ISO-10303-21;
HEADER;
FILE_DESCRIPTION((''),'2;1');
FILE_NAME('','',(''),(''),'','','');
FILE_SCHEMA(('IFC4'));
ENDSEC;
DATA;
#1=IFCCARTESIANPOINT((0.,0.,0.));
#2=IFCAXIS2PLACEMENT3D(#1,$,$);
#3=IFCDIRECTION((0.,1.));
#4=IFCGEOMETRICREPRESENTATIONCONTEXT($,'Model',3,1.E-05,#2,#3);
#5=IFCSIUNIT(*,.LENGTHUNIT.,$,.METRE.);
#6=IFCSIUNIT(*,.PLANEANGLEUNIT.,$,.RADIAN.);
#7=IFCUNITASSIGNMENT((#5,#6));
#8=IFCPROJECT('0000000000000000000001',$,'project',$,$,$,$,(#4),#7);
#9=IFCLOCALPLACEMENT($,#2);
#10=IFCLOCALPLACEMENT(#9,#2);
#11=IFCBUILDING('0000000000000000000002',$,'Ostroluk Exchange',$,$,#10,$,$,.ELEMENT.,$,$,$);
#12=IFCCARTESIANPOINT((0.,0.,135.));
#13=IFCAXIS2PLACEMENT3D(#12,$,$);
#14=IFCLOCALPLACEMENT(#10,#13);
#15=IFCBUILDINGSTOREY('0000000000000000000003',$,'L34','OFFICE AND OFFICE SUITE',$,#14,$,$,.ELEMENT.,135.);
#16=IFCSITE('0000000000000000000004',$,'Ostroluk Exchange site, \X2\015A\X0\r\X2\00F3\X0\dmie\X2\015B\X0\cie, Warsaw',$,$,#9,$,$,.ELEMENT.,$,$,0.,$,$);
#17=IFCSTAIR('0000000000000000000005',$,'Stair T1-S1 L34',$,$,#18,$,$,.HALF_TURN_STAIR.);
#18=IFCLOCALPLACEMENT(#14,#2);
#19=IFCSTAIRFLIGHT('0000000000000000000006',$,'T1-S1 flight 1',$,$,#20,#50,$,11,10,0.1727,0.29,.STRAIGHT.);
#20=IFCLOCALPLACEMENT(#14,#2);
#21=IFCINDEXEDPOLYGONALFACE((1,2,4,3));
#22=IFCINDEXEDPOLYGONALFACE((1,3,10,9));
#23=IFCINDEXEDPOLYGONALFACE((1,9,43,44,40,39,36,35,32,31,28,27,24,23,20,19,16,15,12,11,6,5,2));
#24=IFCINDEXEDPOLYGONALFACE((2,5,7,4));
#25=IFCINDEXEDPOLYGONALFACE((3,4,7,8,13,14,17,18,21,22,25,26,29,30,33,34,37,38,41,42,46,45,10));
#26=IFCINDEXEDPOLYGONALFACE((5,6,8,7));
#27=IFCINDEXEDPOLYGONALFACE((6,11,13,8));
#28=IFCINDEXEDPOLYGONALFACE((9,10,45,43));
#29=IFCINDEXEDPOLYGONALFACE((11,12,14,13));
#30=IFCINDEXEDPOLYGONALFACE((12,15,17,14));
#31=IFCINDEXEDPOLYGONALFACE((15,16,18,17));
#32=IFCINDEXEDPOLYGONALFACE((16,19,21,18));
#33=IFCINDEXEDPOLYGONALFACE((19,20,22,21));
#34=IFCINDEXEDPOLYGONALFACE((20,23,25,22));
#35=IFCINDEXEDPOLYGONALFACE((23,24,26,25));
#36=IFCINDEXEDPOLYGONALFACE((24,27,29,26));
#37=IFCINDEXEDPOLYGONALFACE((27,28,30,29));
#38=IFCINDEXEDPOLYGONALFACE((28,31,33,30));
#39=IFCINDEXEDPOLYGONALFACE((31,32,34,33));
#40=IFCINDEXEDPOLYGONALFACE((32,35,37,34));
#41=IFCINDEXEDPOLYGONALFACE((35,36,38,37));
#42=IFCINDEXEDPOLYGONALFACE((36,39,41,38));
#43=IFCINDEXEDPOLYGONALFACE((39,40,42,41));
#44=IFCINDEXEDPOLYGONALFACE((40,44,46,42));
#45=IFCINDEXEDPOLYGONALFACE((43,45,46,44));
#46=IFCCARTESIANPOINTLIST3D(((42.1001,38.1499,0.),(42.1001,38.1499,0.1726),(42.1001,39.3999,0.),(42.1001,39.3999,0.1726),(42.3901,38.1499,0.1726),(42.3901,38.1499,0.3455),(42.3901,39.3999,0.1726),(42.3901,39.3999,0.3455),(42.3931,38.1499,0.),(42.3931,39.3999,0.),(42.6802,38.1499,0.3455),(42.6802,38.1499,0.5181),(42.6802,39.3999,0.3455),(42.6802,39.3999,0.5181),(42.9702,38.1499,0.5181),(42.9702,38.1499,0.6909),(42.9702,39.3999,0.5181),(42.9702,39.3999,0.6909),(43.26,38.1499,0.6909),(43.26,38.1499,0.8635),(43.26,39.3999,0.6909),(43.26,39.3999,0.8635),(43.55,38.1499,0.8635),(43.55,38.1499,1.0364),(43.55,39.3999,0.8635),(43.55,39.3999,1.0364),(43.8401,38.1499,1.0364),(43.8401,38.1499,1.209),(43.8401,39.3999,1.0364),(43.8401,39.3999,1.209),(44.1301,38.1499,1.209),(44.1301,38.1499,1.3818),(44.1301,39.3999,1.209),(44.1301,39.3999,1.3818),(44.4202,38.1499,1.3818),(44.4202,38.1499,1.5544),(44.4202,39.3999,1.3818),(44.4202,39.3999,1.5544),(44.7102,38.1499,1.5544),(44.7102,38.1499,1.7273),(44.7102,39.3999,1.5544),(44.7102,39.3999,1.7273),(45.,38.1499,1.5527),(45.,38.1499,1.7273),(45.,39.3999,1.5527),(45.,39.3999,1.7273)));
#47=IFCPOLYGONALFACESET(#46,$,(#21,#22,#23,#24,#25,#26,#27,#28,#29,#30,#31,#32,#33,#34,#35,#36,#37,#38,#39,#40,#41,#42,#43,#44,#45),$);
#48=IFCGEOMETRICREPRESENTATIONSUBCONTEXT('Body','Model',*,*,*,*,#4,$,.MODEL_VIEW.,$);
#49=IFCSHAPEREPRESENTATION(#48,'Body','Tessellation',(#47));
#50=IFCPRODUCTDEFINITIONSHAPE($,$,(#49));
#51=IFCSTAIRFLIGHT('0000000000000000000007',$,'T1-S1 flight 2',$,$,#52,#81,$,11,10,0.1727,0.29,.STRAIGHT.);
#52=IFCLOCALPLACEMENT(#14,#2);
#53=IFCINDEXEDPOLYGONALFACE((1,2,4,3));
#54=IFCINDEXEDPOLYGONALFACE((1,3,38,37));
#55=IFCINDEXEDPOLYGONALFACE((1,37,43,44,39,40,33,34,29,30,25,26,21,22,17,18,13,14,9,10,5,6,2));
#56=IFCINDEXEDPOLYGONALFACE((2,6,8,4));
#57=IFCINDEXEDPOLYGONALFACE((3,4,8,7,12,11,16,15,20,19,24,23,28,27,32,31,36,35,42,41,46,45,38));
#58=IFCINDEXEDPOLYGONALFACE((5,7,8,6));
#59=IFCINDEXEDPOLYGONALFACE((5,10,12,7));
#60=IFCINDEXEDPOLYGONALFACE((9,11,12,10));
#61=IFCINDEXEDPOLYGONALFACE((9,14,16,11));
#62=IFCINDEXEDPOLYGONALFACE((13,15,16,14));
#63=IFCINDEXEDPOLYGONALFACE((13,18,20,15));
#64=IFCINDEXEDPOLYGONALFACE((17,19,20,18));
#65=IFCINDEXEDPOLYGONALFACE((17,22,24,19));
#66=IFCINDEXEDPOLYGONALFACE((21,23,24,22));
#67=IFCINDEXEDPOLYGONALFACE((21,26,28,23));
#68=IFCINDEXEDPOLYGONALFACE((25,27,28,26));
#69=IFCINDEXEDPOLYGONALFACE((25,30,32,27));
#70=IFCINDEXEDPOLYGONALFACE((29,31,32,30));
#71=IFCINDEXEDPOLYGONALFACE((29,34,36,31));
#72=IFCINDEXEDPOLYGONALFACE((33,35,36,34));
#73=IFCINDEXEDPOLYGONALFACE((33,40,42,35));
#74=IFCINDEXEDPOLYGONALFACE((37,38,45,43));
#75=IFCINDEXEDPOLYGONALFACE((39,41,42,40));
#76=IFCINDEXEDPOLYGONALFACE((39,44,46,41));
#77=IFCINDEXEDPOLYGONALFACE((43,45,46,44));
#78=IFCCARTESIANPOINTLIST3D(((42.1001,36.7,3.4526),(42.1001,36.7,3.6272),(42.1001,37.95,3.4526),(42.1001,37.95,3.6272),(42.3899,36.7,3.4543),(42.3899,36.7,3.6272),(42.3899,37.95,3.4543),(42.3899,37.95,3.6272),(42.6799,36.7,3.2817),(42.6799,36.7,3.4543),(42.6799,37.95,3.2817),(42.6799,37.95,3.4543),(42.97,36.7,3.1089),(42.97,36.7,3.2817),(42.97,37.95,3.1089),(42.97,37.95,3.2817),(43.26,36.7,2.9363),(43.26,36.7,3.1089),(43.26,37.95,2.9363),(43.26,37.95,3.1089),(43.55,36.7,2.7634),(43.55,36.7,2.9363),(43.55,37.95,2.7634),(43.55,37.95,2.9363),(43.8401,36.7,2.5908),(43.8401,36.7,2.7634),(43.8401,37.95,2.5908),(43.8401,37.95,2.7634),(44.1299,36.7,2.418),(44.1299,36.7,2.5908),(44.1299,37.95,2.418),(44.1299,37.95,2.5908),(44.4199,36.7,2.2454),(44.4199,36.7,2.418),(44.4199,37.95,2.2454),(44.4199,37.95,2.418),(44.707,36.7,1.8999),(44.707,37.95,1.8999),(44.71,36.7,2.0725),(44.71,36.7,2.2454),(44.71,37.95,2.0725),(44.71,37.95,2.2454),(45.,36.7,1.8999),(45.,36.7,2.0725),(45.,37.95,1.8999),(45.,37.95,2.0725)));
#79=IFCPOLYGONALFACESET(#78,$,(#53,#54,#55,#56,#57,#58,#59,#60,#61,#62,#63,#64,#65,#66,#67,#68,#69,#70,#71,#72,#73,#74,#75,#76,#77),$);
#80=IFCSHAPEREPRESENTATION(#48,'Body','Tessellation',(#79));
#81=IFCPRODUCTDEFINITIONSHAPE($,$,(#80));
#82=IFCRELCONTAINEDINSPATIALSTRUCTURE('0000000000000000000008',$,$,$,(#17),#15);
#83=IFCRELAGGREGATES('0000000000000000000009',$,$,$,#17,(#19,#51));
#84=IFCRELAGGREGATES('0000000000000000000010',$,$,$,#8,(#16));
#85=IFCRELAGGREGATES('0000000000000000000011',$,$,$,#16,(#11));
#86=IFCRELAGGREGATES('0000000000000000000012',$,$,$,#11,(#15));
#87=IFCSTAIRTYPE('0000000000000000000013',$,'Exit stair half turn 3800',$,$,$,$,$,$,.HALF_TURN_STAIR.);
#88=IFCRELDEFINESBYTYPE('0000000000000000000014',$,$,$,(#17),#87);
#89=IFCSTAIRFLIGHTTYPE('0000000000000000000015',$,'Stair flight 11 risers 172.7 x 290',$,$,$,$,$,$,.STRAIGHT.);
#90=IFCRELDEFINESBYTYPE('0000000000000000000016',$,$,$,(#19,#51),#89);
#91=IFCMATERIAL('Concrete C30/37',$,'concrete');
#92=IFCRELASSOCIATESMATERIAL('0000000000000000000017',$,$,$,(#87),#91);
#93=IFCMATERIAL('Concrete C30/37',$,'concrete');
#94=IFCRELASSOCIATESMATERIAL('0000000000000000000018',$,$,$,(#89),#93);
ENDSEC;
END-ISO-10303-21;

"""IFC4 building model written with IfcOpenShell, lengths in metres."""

from ifc_helpers import new_model, si_unit, direction, frame, origin, place, context, subcontext, project, spatial, polyline, outline, extrude, material, type_object, element, aggregate, save


model = new_model("IFC4")

# Units and contexts
model_context = context("Model", 3, precision=1e-05, world=origin(), true_north=direction((0.0, 1.0)))
body_context = subcontext(model_context, "Body", "Model", "MODEL_VIEW")
ifc_project = project(units=[si_unit("LENGTHUNIT", "METRE"), si_unit("PLANEANGLEUNIT", "RADIAN")], contexts=[model_context])

# Site, building, storey
site_placement = place(None, origin())
site = spatial("IfcSite", under=ifc_project, at=site_placement, Name="Ostroluk Exchange site, Śródmieście, Warsaw", CompositionType="ELEMENT", RefElevation=0.0)
building_placement = place(site_placement, origin())
building = spatial("IfcBuilding", under=site, at=building_placement, Name="Ostroluk Exchange", CompositionType="ELEMENT")
storey_placement = place(building_placement, frame((0.0, 0.0, 135.0)))
storey = spatial("IfcBuildingStorey", under=building, at=storey_placement, Name="L34", Description="OFFICE AND OFFICE SUITE", CompositionType="ELEMENT", Elevation=135.0)

# Stair, stair flights
ifc_material_1 = material(Name="Concrete C30/37", Category="concrete")
stair_type = type_object("IfcStairType", Name="Exit stair half turn 3800", PredefinedType="HALF_TURN_STAIR", material=ifc_material_1)
stair_placement = place(storey_placement, origin())
stair = element("IfcStair", 1, at=stair_placement, inside=storey, type_object=stair_type, Name="Stair T1-S1 L34", PredefinedType="HALF_TURN_STAIR")
ifc_material_2 = material(Name="Concrete C30/37", Category="concrete")
stair_flight_type = type_object("IfcStairFlightType", Name="Stair flight 11 risers 172.7 x 290", PredefinedType="STRAIGHT", material=ifc_material_2)
stair_flight_1_placement = place(storey_placement, frame((42.1001, 38.7749, 0.0), z_axis=(0.0, 0.0, 1.0), x_axis=(1.0, 0.0, 0.0)))
stair_flight_1 = element("IfcStairFlight", 2, at=stair_flight_1_placement, type_object=stair_flight_type, Name="T1-S1 flight 1", NumberOfRisers=11, NumberOfTreads=10, PredefinedType="STRAIGHT", RiserHeight=0.1727, TreadLength=0.29, context=body_context, shape_type="SweptSolid", body=[
    extrude(outline(polyline([(0.0, 0.0), (0.0, 0.1726), (0.29, 0.1726), (0.29, 0.3455), (0.5801, 0.3455), (0.5801, 0.5181), (0.8701, 0.5181), (0.8701, 0.6909), (1.1599, 0.6909), (1.1599, 0.8635), (1.45, 0.8635), (1.45, 1.0364), (1.74, 1.0364), (1.74, 1.209), (2.03, 1.209), (2.03, 1.3818), (2.3201, 1.3818), (2.3201, 1.5544), (2.6101, 1.5544), (2.6101, 1.7273), (2.8999, 1.7273), (2.8999, 1.8999), (2.8999, 1.5527), (0.293, 0.0), (0.0, 0.0)])), frame((0.0, 0.625, 0.0), z_axis=(0.0, -1.0, 0.0), x_axis=(1.0, 0.0, 0.0)), (0.0, 0.0, 1.0), 1.25),
])
stair_flight_2_placement = place(storey_placement, frame((45.0, 37.325, 1.8999), z_axis=(0.0, 0.0, 1.0), x_axis=(-1.0, 0.0, 0.0)))
stair_flight_2 = element("IfcStairFlight", 3, at=stair_flight_2_placement, type_object=stair_flight_type, Name="T1-S1 flight 2", NumberOfRisers=11, NumberOfTreads=10, PredefinedType="STRAIGHT", RiserHeight=0.1727, TreadLength=0.29, context=body_context, shape_type="SweptSolid", body=[
    extrude(outline(polyline([(0.0, 0.0), (0.0, 0.1726), (0.29, 0.1726), (0.29, 0.3455), (0.5801, 0.3455), (0.5801, 0.5181), (0.8701, 0.5181), (0.8701, 0.6909), (1.1599, 0.6909), (1.1599, 0.8635), (1.45, 0.8635), (1.45, 1.0364), (1.74, 1.0364), (1.74, 1.209), (2.03, 1.209), (2.03, 1.3818), (2.3201, 1.3818), (2.3201, 1.5544), (2.6101, 1.5544), (2.6101, 1.7273), (2.8999, 1.7273), (2.8999, 1.8999), (2.8999, 1.5527), (0.293, 0.0), (0.0, 0.0)])), frame((0.0, 0.625, 0.0), z_axis=(0.0, -1.0, 0.0), x_axis=(1.0, 0.0, 0.0)), (0.0, 0.0, 1.0), 1.25),
])
aggregate(stair, [stair_flight_1, stair_flight_2])

save(model, "model.ifc")
